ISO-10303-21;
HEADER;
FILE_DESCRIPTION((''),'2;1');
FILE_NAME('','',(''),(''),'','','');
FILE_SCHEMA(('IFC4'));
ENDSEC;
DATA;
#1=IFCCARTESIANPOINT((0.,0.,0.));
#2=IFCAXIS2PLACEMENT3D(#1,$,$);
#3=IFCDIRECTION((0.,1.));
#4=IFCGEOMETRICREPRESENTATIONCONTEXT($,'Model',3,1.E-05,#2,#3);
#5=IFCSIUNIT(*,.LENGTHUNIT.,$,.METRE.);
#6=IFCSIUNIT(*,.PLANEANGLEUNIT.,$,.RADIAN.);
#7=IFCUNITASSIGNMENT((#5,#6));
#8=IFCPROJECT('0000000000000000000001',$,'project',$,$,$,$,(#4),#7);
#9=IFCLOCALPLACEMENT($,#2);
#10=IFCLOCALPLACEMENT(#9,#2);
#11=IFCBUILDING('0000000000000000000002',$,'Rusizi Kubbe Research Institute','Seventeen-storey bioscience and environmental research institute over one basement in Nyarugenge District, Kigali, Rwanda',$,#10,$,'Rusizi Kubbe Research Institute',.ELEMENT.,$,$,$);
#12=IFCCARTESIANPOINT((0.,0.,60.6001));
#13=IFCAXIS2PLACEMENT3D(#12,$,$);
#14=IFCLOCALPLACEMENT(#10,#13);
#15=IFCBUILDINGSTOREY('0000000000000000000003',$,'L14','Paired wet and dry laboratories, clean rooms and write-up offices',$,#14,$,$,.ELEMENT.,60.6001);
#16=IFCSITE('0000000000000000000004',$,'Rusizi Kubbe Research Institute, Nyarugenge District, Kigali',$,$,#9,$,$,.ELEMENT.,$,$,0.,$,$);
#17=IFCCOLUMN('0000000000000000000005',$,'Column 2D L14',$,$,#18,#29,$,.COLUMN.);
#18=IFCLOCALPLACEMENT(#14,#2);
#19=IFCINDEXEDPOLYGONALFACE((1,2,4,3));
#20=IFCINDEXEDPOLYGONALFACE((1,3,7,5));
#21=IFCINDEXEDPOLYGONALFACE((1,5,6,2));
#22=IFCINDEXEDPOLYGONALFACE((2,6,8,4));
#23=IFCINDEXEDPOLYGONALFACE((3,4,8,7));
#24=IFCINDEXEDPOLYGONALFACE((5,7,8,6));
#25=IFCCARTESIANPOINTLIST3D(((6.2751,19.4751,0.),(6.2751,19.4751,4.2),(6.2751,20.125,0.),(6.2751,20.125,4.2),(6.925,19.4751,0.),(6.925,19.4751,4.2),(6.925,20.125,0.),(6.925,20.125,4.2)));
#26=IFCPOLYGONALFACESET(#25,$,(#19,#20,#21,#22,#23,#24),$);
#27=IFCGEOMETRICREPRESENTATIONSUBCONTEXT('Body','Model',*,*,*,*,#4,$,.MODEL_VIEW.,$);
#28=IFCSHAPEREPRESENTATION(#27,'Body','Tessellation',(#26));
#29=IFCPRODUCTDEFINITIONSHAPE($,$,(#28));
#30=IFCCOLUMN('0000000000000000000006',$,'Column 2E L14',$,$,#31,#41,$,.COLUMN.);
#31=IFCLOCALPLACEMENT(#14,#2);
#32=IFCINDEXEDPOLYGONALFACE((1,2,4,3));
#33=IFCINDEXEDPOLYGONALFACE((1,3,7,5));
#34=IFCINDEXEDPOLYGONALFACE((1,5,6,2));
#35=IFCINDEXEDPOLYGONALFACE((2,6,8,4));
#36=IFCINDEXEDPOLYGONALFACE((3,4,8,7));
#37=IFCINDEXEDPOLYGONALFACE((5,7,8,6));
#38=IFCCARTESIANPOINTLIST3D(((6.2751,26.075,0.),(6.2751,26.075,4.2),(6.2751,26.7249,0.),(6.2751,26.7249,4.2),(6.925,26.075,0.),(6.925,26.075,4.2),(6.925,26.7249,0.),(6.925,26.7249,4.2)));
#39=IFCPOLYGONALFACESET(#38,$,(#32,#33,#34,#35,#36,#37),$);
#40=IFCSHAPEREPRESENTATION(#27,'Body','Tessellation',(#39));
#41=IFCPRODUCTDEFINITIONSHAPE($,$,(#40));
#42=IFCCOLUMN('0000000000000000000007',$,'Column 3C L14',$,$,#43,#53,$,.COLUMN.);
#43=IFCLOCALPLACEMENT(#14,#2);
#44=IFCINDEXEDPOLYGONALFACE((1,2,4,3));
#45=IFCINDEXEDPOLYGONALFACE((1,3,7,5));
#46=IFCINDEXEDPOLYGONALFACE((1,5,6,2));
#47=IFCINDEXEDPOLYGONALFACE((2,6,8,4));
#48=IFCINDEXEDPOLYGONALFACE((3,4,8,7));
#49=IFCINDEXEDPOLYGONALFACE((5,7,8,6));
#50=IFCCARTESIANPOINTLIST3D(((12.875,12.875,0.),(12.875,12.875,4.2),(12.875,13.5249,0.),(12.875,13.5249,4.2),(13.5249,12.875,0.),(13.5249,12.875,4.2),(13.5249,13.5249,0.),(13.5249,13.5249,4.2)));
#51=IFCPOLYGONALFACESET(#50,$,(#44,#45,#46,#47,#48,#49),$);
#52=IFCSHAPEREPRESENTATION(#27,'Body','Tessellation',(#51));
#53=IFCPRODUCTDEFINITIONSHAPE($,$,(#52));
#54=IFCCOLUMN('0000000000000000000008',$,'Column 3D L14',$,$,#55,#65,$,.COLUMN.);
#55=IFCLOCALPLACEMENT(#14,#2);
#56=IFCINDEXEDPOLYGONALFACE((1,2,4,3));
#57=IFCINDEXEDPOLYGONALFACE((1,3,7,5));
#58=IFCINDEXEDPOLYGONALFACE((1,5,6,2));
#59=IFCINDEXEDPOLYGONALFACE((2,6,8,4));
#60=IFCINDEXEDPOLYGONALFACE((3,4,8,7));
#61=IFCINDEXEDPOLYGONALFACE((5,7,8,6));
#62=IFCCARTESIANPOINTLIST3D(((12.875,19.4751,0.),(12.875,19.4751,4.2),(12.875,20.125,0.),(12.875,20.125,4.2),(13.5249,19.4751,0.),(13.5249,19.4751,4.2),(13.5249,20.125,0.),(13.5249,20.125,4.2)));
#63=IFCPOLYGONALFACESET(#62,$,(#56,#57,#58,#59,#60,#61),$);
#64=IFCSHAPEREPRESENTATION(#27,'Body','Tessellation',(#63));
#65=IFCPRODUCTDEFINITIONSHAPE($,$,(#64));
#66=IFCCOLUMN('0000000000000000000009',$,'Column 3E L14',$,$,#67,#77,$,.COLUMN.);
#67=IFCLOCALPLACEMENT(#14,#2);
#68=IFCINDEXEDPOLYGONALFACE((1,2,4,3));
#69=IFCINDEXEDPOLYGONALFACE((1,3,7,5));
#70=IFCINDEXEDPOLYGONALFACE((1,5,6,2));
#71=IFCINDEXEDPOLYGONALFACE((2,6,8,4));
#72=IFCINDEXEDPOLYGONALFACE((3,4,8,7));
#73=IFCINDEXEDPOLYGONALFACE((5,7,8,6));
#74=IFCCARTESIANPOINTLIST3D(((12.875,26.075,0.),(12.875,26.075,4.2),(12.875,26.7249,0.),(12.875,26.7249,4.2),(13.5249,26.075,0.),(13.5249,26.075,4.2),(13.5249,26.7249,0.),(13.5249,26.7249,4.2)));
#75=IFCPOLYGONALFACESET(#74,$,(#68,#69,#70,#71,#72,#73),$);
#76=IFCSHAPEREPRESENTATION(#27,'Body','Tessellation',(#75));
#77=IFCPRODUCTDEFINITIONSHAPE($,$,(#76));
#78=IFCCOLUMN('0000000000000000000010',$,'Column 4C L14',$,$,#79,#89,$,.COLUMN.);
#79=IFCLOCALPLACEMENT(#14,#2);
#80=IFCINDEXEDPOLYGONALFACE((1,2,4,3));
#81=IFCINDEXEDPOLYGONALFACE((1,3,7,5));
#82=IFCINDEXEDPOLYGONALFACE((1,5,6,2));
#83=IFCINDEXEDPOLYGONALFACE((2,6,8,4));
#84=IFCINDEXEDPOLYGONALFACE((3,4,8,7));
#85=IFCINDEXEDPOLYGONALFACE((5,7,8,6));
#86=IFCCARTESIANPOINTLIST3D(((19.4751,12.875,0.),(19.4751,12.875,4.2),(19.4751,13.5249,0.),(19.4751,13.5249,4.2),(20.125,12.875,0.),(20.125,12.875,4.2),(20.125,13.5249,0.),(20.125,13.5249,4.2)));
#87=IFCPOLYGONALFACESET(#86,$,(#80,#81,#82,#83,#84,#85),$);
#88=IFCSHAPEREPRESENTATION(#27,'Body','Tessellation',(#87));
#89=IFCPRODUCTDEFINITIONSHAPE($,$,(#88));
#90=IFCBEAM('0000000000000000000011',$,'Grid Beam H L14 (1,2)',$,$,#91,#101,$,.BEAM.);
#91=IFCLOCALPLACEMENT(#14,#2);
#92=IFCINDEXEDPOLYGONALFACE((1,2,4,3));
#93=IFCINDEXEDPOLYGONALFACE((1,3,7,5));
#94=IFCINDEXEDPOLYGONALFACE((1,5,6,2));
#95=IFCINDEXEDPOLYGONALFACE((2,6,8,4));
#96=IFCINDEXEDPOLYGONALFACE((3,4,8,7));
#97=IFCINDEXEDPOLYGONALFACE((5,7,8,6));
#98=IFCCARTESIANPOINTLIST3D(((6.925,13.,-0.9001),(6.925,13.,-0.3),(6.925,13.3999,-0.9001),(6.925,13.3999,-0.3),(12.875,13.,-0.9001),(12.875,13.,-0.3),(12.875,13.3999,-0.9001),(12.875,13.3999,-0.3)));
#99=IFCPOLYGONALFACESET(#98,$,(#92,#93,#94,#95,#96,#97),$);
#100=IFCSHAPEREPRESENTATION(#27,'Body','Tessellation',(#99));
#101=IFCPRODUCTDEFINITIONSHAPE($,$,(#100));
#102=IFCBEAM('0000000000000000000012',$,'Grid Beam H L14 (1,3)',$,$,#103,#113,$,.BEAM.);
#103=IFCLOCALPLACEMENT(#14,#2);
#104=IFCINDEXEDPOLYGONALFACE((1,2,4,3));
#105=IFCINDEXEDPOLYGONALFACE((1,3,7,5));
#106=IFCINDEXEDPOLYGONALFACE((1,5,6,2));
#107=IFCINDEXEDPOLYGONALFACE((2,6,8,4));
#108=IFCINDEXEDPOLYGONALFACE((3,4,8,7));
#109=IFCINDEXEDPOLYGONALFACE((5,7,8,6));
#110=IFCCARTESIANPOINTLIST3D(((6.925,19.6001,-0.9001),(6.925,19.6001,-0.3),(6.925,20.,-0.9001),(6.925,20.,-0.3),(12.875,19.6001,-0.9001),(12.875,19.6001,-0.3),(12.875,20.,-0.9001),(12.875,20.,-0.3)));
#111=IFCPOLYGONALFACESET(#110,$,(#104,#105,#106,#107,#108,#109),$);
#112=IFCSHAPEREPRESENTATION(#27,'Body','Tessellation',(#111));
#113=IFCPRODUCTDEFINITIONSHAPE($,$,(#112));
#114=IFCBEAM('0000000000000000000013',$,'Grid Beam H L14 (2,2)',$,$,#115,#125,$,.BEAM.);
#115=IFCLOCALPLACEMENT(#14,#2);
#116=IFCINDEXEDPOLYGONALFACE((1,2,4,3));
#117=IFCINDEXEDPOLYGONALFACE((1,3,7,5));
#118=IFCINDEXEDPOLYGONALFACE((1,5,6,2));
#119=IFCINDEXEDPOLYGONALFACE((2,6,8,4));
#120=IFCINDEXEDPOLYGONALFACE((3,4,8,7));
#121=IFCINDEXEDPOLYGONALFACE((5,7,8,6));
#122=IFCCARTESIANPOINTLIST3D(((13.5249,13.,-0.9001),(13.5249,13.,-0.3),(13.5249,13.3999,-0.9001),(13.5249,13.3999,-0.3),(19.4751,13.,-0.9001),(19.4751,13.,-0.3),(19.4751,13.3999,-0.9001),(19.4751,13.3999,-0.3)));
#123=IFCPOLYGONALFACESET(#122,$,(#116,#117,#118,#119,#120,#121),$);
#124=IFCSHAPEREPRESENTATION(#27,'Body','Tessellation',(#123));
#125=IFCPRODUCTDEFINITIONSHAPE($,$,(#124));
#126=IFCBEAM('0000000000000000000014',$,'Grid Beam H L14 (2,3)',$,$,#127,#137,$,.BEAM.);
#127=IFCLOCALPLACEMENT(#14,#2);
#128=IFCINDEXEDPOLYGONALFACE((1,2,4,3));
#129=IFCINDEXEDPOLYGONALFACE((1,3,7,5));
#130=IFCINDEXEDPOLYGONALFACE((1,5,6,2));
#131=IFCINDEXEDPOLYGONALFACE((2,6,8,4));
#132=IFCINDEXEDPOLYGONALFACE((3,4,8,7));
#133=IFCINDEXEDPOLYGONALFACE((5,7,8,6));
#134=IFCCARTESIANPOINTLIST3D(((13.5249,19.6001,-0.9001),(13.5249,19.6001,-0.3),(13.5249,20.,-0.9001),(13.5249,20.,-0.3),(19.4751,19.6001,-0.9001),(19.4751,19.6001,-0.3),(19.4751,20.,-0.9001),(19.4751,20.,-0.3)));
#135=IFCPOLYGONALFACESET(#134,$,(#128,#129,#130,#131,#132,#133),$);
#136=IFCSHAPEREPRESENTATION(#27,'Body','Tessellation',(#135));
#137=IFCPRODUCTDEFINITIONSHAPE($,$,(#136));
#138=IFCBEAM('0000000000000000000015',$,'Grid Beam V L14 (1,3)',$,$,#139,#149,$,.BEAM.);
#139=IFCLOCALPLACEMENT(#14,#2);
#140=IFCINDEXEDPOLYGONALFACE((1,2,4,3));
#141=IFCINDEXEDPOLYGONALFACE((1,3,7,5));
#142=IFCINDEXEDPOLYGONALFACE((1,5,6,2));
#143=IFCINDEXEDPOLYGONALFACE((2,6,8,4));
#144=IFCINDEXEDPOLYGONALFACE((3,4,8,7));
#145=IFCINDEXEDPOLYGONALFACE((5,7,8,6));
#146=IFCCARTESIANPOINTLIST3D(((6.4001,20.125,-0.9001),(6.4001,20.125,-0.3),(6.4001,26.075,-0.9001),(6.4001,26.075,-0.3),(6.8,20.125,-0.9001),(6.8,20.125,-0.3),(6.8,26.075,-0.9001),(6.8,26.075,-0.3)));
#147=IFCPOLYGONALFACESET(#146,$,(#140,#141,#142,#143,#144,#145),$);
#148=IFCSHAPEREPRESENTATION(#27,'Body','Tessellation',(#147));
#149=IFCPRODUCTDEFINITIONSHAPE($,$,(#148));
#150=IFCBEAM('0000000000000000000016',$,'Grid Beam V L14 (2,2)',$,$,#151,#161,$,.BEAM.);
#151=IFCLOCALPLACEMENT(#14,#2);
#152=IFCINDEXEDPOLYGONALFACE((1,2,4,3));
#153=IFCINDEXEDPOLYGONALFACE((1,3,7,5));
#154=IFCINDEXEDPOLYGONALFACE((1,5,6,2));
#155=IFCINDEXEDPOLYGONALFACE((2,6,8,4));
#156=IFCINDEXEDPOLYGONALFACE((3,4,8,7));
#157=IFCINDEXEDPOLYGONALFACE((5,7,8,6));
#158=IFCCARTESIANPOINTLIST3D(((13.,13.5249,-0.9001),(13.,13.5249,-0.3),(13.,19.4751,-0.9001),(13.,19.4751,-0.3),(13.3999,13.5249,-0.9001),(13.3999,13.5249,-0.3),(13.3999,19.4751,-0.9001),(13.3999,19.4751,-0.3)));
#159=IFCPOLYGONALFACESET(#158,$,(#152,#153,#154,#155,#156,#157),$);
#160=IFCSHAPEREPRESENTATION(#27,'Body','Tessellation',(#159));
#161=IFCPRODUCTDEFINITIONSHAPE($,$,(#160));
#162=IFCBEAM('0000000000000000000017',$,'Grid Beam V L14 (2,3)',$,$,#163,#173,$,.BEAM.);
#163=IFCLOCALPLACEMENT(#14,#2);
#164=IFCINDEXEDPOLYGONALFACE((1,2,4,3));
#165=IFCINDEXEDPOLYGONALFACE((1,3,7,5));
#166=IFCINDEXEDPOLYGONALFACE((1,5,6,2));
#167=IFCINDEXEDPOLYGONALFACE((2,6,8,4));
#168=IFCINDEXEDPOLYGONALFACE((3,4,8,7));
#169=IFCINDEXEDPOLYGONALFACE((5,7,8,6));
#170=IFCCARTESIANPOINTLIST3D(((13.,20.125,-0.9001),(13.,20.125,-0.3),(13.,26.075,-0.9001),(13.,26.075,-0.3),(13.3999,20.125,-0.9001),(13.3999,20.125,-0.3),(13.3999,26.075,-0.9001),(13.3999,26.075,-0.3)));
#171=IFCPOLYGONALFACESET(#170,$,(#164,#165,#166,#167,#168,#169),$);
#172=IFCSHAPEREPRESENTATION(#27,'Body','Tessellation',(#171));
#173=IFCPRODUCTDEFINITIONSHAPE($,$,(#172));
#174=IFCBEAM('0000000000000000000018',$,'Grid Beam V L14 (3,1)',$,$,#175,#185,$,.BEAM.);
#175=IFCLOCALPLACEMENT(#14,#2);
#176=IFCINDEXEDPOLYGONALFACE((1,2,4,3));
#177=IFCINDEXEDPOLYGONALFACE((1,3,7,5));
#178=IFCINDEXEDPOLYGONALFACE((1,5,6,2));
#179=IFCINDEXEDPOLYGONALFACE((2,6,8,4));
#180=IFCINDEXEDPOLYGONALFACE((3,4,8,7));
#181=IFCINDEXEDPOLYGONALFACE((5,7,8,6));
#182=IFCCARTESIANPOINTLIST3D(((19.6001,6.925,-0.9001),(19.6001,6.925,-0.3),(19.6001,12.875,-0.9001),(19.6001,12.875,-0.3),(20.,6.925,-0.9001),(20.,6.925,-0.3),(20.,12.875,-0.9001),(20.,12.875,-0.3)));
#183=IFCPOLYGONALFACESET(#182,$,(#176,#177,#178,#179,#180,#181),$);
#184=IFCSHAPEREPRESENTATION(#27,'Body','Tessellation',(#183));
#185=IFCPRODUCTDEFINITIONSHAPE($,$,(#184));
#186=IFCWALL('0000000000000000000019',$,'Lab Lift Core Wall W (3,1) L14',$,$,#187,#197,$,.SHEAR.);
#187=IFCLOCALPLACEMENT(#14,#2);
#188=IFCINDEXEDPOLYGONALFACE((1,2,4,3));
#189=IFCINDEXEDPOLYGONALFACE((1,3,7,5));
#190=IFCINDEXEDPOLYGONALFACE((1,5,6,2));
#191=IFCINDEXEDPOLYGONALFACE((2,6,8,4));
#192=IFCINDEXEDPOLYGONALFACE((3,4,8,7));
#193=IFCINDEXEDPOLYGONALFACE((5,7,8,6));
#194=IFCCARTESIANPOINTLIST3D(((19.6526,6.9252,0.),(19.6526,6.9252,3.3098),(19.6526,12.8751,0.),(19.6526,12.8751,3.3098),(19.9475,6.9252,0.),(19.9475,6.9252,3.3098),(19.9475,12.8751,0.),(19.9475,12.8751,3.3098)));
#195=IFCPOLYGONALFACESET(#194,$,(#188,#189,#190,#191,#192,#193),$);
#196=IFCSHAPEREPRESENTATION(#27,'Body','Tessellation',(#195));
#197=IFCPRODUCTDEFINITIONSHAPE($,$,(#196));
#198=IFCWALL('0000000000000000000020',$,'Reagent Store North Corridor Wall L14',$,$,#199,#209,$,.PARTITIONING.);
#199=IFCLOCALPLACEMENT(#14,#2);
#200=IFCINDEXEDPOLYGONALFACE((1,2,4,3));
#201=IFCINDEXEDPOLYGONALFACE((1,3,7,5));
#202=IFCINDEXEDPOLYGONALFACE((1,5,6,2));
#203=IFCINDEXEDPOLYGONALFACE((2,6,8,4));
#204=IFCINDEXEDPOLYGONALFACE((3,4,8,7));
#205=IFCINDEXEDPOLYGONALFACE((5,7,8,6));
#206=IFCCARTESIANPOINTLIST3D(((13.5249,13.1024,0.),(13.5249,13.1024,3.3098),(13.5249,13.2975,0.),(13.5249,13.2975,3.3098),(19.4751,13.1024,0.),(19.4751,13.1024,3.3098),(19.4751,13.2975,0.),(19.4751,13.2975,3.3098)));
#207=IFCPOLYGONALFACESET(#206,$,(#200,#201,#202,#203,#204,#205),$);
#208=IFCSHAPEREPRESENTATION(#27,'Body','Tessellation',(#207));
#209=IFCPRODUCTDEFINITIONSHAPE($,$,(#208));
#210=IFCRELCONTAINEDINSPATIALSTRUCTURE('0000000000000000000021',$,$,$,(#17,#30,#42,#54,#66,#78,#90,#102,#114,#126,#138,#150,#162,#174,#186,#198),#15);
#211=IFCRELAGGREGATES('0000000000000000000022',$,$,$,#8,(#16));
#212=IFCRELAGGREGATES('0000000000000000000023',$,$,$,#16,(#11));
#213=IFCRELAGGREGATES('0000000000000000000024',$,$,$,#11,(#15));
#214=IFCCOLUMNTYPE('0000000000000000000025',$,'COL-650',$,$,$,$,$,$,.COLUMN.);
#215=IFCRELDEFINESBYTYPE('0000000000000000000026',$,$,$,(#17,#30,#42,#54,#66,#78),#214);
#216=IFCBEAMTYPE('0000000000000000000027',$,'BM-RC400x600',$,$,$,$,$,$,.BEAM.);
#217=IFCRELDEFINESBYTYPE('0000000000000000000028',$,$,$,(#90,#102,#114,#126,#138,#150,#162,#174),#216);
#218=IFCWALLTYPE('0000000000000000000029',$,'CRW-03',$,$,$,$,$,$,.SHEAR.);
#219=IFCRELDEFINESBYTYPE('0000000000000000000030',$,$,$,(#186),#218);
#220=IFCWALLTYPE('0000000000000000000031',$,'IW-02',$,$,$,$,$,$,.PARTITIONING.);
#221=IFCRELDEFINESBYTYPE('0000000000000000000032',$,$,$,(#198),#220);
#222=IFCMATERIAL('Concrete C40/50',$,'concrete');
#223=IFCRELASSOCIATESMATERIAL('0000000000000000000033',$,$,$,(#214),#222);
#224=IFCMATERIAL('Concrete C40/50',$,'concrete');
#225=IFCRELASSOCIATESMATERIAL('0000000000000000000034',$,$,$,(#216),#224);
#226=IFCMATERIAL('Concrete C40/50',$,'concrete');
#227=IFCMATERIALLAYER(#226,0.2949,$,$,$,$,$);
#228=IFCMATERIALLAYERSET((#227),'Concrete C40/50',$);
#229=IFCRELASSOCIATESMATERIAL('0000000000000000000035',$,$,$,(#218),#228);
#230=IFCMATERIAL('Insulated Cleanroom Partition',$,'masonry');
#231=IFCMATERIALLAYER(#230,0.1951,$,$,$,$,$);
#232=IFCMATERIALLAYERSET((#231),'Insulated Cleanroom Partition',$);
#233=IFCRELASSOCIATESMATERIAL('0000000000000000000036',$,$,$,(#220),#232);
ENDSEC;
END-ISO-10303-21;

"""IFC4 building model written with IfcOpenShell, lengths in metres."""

from ifc_helpers import new_model, si_unit, direction, frame, frame_2d, origin, origin_2d, place, context, subcontext, project, spatial, rectangle, extrude, material, layer, layer_set, material_profile, profile_set, type_object, element, save


model = new_model("IFC4")

# Units and contexts
model_context = context("Model", 3, precision=1e-05, world=origin(), true_north=direction((0.0, 1.0)))
body_context = subcontext(model_context, "Body", "Model", "MODEL_VIEW")
ifc_project = project(units=[si_unit("LENGTHUNIT", "METRE"), si_unit("PLANEANGLEUNIT", "RADIAN")], contexts=[model_context])

# Site, building, storey
site_placement = place(None, origin())
site = spatial("IfcSite", under=ifc_project, at=site_placement, Name="Rusizi Kubbe Research Institute, Nyarugenge District, Kigali", CompositionType="ELEMENT", RefElevation=0.0)
building_placement = place(site_placement, origin())
building = spatial("IfcBuilding", under=site, at=building_placement, Name="Rusizi Kubbe Research Institute", Description="Seventeen-storey bioscience and environmental research institute over one basement in Nyarugenge District, Kigali, Rwanda", LongName="Rusizi Kubbe Research Institute", CompositionType="ELEMENT")
storey_placement = place(building_placement, frame((0.0, 0.0, 60.6001)))
storey = spatial("IfcBuildingStorey", under=building, at=storey_placement, Name="L14", Description="Paired wet and dry laboratories, clean rooms and write-up offices", CompositionType="ELEMENT", Elevation=60.6001)

# Columns
ifc_material_1 = material(Name="Concrete C40/50", Category="concrete")
ifc_material_profile_1 = material_profile(ifc_material_1, rectangle(XDim=0.6499, YDim=0.6499, at=origin_2d()), Name="RC650x650")
ifc_profile_set_1 = profile_set([ifc_material_profile_1], Name="Concrete C40/50")
column_type = type_object("IfcColumnType", Name="COL-650", PredefinedType="COLUMN", material=ifc_profile_set_1)
for number, where, z_axis, x_axis, name in (
    (1, (6.6001, 19.8, 0.0), (0.0, 0.0, 1.0), (1.0, 0.0, 0.0), "Column 2D L14"),
    (2, (6.6001, 26.3999, 0.0), (0.0, 0.0, 1.0), (1.0, 0.0, 0.0), "Column 2E L14"),
    (3, (13.2, 13.2, 0.0), (0.0, 0.0, 1.0), (1.0, 0.0, 0.0), "Column 3C L14"),
    (4, (13.2, 19.8, 0.0), (0.0, 0.0, 1.0), (1.0, 0.0, 0.0), "Column 3D L14"),
    (5, (13.2, 26.3999, 0.0), (0.0, 0.0, 1.0), (1.0, 0.0, 0.0), "Column 3E L14"),
    (6, (19.8, 13.2, 0.0), (0.0, 0.0, 1.0), (1.0, 0.0, 0.0), "Column 4C L14"),
):
    element("IfcColumn", number, at=place(storey_placement, frame(where, z_axis=z_axis, x_axis=x_axis)), inside=storey, type_object=column_type, Name=name, PredefinedType="COLUMN", context=body_context, shape_type="SweptSolid", body=[
        extrude(rectangle(XDim=0.6499, YDim=0.6499, at=origin_2d()), origin(), (0.0, 0.0, 1.0), 4.2),
    ])

# Beams
ifc_material_2 = material(Name="Concrete C40/50", Category="concrete")
ifc_material_profile_2 = material_profile(ifc_material_2, rectangle(XDim=0.3999, YDim=0.6001, at=origin_2d()), Name="RC400x600")
ifc_profile_set_2 = profile_set([ifc_material_profile_2], Name="Concrete C40/50")
beam_type = type_object("IfcBeamType", Name="BM-RC400x600", PredefinedType="BEAM", material=ifc_profile_set_2)
for number, where, z_axis, x_axis, name in (
    (7, (6.925, 13.2, -0.6001), (1.0, 0.0, 0.0), (0.0, 1.0, 0.0), "Grid Beam H L14 (1,2)"),
    (8, (6.925, 19.8, -0.6001), (1.0, 0.0, 0.0), (0.0, 1.0, 0.0), "Grid Beam H L14 (1,3)"),
):
    element("IfcBeam", number, at=place(storey_placement, frame(where, z_axis=z_axis, x_axis=x_axis)), inside=storey, type_object=beam_type, Name=name, PredefinedType="BEAM", context=body_context, shape_type="SweptSolid", body=[
        extrude(rectangle(XDim=0.3999, YDim=0.6001, at=origin_2d()), origin(), (0.0, 0.0, 1.0), 5.95),
    ])
for number, where, z_axis, x_axis, name in (
    (9, (13.5249, 13.2, -0.6001), (1.0, 0.0, 0.0), (0.0, 1.0, 0.0), "Grid Beam H L14 (2,2)"),
    (10, (13.5249, 19.8, -0.6001), (1.0, 0.0, 0.0), (0.0, 1.0, 0.0), "Grid Beam H L14 (2,3)"),
):
    element("IfcBeam", number, at=place(storey_placement, frame(where, z_axis=z_axis, x_axis=x_axis)), inside=storey, type_object=beam_type, Name=name, PredefinedType="BEAM", context=body_context, shape_type="SweptSolid", body=[
        extrude(rectangle(XDim=0.3999, YDim=0.6001, at=origin_2d()), origin(), (0.0, 0.0, 1.0), 5.9502),
    ])
beam_1_placement = place(storey_placement, frame((6.6001, 20.125, -0.6001), z_axis=(0.0, 1.0, 0.0), x_axis=(-1.0, 0.0, 0.0)))
element("IfcBeam", 11, at=beam_1_placement, inside=storey, type_object=beam_type, Name="Grid Beam V L14 (1,3)", PredefinedType="BEAM", context=body_context, shape_type="SweptSolid", body=[
    extrude(rectangle(XDim=0.3999, YDim=0.6001, at=origin_2d()), origin(), (0.0, 0.0, 1.0), 5.95),
])
beam_2_placement = place(storey_placement, frame((13.2, 13.5249, -0.6001), z_axis=(0.0, 1.0, 0.0), x_axis=(-1.0, 0.0, 0.0)))
element("IfcBeam", 12, at=beam_2_placement, inside=storey, type_object=beam_type, Name="Grid Beam V L14 (2,2)", PredefinedType="BEAM", context=body_context, shape_type="SweptSolid", body=[
    extrude(rectangle(XDim=0.3999, YDim=0.6001, at=origin_2d()), origin(), (0.0, 0.0, 1.0), 5.9502),
])
for number, where, z_axis, x_axis, name in (
    (13, (13.2, 20.125, -0.6001), (0.0, 1.0, 0.0), (-1.0, 0.0, 0.0), "Grid Beam V L14 (2,3)"),
    (14, (19.8, 6.925, -0.6001), (0.0, 1.0, 0.0), (-1.0, 0.0, 0.0), "Grid Beam V L14 (3,1)"),
):
    element("IfcBeam", number, at=place(storey_placement, frame(where, z_axis=z_axis, x_axis=x_axis)), inside=storey, type_object=beam_type, Name=name, PredefinedType="BEAM", context=body_context, shape_type="SweptSolid", body=[
        extrude(rectangle(XDim=0.3999, YDim=0.6001, at=origin_2d()), origin(), (0.0, 0.0, 1.0), 5.95),
    ])

# Walls
ifc_material_3 = material(Name="Concrete C40/50", Category="concrete")
ifc_layer_1 = layer(ifc_material_3, 0.2949)
ifc_layer_set_1 = layer_set([ifc_layer_1], Name="Concrete C40/50")
wall_type_1 = type_object("IfcWallType", Name="CRW-03", PredefinedType="SHEAR", material=ifc_layer_set_1)
wall_1_placement = place(storey_placement, frame((19.8, 6.925, 0.0), z_axis=(0.0, 0.0, 1.0), x_axis=(0.0, 1.0, 0.0)))
element("IfcWall", 15, at=wall_1_placement, inside=storey, type_object=wall_type_1, Name="Lab Lift Core Wall W (3,1) L14", PredefinedType="SHEAR", context=body_context, shape_type="SweptSolid", body=[
    extrude(rectangle(XDim=5.95, YDim=0.2949, at=frame_2d((2.9751, 0.0))), origin(), (0.0, 0.0, 1.0), 3.3098),
])
ifc_material_4 = material(Name="Insulated Cleanroom Partition", Category="masonry")
ifc_layer_2 = layer(ifc_material_4, 0.1951)
ifc_layer_set_2 = layer_set([ifc_layer_2], Name="Insulated Cleanroom Partition")
wall_type_2 = type_object("IfcWallType", Name="IW-02", PredefinedType="PARTITIONING", material=ifc_layer_set_2)
wall_2_placement = place(storey_placement, frame((13.5249, 13.2, 0.0), z_axis=(0.0, 0.0, 1.0), x_axis=(1.0, 0.0, 0.0)))
element("IfcWall", 16, at=wall_2_placement, inside=storey, type_object=wall_type_2, Name="Reagent Store North Corridor Wall L14", PredefinedType="PARTITIONING", context=body_context, shape_type="SweptSolid", body=[
    extrude(rectangle(XDim=5.9502, YDim=0.1951, at=frame_2d((2.9751, 0.0))), origin(), (0.0, 0.0, 1.0), 3.3098),
])

save(model, "model.ifc")
